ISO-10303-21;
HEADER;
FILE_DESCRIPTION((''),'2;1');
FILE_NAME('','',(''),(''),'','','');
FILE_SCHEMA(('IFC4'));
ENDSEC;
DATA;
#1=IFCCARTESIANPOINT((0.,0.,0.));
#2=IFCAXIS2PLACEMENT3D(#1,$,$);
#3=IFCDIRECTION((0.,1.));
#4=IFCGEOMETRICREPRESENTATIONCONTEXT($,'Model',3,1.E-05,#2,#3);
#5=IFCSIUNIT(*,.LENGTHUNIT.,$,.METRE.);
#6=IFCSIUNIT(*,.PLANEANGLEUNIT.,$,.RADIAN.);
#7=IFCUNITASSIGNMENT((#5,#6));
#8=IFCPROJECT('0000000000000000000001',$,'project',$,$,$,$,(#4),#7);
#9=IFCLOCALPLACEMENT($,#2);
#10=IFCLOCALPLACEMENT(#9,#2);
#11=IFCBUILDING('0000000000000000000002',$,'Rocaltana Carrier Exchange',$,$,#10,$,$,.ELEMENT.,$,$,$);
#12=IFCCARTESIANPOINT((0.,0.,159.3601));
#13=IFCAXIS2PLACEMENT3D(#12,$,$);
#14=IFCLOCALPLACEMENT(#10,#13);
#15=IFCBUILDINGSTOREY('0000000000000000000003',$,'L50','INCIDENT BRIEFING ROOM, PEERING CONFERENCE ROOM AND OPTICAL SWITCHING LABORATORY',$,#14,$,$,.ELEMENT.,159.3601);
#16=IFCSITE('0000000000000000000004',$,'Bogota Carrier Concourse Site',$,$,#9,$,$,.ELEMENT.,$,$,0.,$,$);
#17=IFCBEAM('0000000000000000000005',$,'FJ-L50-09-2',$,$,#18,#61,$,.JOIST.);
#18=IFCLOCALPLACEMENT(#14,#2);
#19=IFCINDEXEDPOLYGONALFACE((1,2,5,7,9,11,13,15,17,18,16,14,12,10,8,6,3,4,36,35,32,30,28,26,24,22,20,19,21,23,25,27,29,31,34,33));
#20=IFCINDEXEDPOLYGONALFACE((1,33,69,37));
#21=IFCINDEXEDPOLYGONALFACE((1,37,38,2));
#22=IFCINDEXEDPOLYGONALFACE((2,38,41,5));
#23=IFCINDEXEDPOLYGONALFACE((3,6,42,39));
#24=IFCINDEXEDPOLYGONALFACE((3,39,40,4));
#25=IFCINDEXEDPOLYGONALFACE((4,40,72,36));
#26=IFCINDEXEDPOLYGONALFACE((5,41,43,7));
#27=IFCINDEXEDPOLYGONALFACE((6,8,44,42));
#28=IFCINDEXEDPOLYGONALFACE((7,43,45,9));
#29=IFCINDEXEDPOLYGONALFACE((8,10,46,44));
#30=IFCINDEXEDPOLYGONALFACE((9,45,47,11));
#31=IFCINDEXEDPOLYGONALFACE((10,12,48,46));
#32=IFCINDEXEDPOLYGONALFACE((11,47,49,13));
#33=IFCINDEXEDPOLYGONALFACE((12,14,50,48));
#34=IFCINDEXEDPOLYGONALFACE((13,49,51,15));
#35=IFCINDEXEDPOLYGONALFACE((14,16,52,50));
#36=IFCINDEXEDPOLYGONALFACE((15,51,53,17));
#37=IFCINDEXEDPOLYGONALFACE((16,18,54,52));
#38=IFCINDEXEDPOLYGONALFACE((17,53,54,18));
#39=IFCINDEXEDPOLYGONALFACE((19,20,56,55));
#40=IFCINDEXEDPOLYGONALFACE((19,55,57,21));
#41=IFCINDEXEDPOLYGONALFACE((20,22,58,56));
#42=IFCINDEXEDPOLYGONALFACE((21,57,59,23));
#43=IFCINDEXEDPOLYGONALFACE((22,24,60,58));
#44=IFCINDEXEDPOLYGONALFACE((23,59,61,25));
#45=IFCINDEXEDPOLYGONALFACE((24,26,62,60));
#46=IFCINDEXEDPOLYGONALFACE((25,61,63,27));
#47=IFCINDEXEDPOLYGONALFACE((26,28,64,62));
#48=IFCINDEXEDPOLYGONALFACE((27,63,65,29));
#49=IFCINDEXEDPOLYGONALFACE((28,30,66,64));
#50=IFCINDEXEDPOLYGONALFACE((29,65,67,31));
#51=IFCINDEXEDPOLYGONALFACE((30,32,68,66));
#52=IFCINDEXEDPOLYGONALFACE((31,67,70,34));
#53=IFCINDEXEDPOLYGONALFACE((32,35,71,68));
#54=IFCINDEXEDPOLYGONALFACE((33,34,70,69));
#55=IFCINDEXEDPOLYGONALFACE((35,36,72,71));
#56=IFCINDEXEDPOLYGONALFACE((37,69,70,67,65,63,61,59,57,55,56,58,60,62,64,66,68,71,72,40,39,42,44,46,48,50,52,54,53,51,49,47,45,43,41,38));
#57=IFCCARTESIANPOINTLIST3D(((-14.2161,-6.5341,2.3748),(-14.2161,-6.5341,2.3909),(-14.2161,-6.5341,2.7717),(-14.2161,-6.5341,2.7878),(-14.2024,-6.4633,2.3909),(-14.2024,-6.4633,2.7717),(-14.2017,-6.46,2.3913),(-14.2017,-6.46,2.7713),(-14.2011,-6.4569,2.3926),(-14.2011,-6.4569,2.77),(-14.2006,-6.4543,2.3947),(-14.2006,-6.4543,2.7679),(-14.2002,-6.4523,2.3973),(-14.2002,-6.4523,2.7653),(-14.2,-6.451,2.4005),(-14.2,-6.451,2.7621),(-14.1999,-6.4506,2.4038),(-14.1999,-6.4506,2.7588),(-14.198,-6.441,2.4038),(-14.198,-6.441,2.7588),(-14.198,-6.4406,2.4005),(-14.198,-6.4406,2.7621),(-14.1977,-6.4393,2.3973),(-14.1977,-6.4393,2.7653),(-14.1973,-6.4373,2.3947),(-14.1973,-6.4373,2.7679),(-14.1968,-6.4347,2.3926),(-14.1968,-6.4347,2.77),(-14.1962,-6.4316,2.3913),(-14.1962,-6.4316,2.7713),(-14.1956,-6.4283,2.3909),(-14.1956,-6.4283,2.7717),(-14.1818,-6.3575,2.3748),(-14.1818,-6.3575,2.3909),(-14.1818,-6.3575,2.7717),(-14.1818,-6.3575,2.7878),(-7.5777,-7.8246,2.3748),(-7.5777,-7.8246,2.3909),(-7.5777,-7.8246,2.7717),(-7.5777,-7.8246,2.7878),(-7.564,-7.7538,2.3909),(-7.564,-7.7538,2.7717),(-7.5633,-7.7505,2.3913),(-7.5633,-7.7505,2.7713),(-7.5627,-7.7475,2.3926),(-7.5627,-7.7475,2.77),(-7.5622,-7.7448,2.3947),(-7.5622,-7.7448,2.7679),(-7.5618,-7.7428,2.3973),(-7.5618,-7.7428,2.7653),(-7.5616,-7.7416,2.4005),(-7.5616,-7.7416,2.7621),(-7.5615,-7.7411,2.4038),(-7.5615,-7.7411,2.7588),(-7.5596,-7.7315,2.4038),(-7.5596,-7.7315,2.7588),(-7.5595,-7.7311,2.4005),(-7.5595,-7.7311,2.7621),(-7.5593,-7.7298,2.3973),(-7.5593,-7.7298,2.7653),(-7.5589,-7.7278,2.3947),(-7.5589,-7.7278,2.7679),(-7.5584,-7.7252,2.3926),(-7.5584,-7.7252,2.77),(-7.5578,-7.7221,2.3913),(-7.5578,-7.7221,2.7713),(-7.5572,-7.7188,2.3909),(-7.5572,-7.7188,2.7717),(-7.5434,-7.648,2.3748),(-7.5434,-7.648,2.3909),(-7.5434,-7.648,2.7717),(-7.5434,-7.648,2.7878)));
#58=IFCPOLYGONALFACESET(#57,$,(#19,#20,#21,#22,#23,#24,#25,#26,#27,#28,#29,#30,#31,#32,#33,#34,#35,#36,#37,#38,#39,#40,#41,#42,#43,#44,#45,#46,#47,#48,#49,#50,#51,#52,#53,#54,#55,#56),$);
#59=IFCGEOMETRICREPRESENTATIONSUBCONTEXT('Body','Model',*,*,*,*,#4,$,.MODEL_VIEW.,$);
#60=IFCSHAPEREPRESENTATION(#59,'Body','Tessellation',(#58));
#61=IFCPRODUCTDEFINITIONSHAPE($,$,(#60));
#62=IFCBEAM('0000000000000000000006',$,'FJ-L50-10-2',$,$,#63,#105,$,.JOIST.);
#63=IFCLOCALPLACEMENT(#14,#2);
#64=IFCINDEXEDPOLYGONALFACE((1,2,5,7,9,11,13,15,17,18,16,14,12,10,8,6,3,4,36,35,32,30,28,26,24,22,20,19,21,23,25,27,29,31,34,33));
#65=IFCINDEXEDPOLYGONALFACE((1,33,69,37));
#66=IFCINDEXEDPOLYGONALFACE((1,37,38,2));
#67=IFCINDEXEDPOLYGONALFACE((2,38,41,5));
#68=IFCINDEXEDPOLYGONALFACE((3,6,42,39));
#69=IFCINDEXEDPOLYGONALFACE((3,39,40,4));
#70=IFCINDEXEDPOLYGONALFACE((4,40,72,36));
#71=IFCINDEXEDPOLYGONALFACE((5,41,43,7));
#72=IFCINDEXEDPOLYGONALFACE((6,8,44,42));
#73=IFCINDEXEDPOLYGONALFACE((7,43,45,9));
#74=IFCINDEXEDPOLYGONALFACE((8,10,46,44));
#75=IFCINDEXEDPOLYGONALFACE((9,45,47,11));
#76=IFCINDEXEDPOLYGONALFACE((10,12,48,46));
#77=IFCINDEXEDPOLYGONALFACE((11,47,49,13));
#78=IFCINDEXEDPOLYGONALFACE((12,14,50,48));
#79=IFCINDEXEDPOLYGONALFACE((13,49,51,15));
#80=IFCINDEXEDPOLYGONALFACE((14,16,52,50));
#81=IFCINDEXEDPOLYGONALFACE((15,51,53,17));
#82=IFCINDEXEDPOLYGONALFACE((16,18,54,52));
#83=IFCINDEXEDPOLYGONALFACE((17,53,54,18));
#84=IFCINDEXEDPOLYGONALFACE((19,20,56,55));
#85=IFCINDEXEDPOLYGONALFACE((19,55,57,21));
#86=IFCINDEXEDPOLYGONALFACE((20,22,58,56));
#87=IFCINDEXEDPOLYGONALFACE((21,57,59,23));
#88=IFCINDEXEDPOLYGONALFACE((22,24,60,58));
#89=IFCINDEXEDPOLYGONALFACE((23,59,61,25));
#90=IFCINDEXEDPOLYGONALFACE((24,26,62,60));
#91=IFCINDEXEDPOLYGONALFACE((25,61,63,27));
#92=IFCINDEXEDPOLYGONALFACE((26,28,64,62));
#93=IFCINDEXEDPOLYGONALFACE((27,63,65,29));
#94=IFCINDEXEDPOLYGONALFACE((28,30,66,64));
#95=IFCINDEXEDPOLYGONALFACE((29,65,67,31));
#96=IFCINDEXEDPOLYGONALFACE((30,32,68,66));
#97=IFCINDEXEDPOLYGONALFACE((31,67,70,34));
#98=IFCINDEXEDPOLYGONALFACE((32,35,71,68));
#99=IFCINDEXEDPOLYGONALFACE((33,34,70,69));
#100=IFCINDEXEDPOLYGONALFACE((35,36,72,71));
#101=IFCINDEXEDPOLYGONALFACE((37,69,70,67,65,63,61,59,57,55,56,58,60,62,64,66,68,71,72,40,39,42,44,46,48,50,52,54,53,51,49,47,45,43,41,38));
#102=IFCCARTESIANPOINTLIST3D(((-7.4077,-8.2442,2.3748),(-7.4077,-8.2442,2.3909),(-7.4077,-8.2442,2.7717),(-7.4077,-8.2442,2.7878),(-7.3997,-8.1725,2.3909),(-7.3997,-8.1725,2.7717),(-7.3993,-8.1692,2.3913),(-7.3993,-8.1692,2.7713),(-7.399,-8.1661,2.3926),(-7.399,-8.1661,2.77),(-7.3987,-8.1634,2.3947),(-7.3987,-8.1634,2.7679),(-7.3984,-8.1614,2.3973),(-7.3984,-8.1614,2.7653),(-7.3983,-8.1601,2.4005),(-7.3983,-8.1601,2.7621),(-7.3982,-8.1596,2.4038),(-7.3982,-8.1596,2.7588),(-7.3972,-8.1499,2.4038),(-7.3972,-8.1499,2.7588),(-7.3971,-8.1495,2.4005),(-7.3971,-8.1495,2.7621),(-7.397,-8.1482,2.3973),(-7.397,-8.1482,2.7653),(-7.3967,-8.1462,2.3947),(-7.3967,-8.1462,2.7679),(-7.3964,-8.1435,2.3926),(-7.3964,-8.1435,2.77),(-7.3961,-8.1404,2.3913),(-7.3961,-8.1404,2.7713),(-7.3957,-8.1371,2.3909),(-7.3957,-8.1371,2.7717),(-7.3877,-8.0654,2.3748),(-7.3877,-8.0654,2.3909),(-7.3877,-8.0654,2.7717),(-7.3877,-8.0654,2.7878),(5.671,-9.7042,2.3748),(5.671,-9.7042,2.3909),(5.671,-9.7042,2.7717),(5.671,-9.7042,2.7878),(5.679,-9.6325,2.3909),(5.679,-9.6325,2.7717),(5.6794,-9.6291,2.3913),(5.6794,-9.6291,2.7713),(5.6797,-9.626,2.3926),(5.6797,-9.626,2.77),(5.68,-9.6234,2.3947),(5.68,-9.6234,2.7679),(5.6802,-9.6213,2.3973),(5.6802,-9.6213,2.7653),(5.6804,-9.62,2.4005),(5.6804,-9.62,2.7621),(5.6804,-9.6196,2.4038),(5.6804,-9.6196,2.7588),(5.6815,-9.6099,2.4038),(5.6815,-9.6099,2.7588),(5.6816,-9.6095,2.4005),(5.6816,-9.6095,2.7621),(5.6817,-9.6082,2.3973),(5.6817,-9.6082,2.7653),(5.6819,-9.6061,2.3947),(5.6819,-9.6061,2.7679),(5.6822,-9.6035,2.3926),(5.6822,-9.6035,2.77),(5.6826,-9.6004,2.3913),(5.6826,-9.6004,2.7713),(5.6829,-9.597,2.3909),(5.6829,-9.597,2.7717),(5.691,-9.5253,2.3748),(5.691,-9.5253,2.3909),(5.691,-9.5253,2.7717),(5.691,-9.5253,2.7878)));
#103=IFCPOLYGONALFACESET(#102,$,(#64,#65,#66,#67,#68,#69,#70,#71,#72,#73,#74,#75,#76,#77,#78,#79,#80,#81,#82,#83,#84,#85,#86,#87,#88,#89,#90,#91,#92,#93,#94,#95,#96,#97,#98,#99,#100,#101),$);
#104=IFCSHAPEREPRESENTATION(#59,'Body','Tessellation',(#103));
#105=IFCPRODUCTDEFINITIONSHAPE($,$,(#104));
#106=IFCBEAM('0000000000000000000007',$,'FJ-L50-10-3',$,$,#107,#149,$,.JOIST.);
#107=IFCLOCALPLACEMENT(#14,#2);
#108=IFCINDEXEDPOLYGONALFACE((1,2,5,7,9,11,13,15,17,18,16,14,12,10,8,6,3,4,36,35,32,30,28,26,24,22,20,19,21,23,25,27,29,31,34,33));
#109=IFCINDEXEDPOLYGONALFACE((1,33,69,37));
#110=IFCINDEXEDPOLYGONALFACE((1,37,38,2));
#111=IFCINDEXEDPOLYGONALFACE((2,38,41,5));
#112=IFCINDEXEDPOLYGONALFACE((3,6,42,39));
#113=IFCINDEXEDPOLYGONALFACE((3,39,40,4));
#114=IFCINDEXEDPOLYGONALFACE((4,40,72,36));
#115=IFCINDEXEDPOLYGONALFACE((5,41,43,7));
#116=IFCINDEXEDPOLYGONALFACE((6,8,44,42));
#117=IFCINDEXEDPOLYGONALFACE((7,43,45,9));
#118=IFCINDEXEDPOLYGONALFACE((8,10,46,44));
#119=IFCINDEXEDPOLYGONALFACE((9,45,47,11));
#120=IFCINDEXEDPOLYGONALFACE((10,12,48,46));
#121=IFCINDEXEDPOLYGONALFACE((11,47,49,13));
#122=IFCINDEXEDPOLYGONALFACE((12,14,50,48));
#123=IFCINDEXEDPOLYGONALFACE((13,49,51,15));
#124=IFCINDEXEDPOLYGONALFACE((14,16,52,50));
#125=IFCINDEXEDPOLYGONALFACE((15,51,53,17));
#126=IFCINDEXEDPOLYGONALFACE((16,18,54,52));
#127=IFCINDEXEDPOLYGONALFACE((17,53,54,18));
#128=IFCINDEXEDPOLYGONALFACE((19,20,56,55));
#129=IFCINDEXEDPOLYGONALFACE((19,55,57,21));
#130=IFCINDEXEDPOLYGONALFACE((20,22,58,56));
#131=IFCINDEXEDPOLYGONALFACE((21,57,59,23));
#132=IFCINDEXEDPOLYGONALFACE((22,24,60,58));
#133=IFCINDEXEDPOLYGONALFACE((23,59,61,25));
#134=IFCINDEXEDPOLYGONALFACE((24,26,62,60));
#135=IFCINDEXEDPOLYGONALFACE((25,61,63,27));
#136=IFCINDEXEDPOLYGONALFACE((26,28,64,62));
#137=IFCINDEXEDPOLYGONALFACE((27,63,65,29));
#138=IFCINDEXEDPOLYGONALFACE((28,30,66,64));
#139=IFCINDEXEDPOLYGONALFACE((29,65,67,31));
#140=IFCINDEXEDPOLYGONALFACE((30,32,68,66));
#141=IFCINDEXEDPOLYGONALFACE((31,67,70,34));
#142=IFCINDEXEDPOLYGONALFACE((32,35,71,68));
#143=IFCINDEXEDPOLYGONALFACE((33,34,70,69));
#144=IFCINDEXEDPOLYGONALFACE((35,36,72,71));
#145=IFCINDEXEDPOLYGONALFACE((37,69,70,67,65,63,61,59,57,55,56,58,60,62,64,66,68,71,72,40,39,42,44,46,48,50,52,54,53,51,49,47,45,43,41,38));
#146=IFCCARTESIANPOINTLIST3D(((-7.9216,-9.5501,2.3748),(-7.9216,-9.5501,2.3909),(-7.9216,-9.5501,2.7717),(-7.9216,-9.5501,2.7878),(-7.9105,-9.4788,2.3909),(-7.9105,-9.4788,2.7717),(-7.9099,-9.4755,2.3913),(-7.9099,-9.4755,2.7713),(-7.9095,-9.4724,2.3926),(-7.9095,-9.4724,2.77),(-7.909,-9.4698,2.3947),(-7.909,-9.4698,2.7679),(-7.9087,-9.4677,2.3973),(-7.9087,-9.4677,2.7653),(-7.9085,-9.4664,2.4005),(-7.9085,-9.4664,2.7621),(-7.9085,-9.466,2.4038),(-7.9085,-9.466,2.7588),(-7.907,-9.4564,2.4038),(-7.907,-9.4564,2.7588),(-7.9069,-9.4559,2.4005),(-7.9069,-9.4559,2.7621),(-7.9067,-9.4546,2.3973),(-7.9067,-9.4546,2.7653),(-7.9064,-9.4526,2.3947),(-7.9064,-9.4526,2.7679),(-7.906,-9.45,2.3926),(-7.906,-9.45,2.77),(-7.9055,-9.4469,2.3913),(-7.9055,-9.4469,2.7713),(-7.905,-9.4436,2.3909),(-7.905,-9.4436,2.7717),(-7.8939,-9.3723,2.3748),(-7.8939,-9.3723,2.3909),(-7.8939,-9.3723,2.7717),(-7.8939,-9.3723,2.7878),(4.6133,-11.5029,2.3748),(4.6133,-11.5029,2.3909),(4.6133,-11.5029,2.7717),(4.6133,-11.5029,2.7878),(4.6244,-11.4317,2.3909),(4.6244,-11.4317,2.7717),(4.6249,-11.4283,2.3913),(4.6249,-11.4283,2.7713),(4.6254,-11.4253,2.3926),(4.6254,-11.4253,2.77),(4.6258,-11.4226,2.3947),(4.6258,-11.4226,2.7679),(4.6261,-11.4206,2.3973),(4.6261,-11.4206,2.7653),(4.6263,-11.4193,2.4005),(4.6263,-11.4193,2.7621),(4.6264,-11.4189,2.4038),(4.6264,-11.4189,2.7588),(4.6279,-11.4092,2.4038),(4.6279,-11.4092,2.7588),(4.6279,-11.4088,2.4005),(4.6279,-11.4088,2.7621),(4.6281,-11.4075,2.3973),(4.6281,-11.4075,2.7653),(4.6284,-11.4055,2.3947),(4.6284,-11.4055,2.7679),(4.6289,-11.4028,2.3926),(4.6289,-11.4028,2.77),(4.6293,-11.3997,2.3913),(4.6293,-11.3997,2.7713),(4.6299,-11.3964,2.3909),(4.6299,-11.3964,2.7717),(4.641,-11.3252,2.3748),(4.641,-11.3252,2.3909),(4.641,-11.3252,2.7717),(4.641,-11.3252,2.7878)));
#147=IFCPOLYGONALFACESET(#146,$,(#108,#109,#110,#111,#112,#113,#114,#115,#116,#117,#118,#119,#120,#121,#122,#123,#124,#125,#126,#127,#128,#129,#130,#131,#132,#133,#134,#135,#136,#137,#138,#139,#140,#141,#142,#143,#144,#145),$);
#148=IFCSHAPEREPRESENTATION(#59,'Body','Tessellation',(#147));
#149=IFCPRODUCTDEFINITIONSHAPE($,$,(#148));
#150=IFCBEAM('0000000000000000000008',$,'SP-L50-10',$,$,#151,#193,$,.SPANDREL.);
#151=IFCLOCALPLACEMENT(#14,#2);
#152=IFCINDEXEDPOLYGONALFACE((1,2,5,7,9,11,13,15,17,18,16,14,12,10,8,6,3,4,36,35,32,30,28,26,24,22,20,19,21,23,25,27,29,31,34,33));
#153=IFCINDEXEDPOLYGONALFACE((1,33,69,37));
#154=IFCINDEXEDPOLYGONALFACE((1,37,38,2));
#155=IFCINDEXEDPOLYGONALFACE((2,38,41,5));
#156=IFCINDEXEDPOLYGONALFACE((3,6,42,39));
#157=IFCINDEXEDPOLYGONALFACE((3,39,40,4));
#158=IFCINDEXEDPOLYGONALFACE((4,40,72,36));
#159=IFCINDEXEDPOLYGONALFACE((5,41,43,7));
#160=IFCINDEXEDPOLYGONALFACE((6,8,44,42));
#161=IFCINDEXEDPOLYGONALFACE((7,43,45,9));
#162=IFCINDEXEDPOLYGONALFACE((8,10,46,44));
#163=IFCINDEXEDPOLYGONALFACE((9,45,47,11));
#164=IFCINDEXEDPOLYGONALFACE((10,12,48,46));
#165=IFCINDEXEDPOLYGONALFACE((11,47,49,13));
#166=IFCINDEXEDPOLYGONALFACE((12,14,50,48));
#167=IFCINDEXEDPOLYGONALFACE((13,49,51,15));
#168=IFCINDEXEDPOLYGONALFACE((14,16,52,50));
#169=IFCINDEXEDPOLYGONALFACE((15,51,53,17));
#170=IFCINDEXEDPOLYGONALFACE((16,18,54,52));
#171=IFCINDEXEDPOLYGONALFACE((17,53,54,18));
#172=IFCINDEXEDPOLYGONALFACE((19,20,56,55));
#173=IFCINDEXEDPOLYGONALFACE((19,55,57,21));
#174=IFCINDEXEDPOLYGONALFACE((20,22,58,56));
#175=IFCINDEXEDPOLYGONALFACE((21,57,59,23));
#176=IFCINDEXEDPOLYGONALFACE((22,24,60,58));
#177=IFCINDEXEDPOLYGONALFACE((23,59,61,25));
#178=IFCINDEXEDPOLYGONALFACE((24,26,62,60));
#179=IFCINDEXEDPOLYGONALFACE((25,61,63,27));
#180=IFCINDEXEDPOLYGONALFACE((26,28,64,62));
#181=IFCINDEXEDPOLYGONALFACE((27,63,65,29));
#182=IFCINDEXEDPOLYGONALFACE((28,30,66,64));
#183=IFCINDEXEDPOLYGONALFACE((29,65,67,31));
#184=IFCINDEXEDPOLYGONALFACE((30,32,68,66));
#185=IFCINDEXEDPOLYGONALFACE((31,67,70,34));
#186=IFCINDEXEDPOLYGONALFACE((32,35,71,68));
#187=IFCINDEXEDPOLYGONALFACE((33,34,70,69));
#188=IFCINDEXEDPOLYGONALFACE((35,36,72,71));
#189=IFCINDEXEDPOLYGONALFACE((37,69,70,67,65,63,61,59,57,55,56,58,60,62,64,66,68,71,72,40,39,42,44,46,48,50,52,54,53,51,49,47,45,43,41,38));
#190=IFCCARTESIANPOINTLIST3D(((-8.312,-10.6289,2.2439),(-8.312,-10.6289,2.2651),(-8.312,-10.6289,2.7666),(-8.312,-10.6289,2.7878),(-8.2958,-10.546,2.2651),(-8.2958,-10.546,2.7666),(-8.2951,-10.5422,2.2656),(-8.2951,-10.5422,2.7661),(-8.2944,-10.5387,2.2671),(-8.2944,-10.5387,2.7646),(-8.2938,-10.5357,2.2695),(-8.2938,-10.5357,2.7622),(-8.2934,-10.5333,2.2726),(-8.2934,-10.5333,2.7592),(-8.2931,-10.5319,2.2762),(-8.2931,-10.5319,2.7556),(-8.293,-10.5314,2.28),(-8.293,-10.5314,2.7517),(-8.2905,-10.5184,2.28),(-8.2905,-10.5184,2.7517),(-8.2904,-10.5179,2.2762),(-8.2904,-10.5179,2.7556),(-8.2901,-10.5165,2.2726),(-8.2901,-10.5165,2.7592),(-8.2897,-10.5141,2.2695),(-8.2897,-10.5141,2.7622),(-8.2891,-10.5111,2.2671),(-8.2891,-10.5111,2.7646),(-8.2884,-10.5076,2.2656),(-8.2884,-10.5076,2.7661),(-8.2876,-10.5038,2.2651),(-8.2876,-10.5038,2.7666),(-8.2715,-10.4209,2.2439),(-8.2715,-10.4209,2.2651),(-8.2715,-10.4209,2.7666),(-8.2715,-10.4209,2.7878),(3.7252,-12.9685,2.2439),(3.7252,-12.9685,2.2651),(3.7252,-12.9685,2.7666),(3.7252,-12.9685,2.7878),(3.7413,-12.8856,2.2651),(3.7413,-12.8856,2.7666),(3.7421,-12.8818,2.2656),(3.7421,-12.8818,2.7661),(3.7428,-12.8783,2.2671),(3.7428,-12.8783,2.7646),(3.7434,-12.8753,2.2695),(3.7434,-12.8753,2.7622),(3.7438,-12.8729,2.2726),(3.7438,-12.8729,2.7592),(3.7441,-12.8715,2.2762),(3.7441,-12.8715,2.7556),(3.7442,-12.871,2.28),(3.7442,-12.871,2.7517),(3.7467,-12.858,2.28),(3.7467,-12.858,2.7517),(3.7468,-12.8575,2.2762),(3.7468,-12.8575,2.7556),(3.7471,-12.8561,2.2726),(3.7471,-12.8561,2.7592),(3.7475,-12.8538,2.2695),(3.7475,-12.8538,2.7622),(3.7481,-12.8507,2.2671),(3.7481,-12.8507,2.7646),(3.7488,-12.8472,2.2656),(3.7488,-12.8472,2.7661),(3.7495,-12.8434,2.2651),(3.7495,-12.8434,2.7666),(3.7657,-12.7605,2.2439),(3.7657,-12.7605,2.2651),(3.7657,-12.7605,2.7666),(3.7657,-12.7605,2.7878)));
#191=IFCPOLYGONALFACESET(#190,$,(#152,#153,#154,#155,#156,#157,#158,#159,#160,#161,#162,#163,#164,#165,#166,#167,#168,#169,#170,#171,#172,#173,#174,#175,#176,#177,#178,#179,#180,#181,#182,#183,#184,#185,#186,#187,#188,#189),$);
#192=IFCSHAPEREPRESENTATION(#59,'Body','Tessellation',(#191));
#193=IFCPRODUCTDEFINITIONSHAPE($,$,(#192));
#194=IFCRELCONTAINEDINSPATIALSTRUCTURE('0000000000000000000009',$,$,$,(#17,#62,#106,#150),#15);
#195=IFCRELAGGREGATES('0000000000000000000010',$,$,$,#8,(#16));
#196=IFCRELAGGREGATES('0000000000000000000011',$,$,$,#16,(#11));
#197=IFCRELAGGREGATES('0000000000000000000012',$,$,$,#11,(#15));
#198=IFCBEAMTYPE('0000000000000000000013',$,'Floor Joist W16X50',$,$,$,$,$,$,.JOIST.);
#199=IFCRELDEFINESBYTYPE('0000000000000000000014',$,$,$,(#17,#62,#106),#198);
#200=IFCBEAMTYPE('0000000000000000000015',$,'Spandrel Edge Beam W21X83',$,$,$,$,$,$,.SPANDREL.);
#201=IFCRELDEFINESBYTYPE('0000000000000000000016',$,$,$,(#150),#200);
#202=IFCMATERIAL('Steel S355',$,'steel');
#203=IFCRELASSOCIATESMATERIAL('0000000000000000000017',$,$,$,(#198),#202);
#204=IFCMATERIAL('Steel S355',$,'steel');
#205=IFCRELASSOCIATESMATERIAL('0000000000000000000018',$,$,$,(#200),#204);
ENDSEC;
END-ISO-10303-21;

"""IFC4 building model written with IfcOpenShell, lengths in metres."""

from ifc_helpers import new_model, si_unit, direction, frame, origin, origin_2d, place, context, subcontext, project, spatial, i_section, extrude, material, material_profile, profile_set, type_object, element, save


model = new_model("IFC4")

# Units and contexts
model_context = context("Model", 3, precision=1e-05, world=origin(), true_north=direction((0.0, 1.0)))
body_context = subcontext(model_context, "Body", "Model", "MODEL_VIEW")
ifc_project = project(units=[si_unit("LENGTHUNIT", "METRE"), si_unit("PLANEANGLEUNIT", "RADIAN")], contexts=[model_context])

# Site, building, storey
site_placement = place(None, origin())
site = spatial("IfcSite", under=ifc_project, at=site_placement, Name="Bogota Carrier Concourse Site", CompositionType="ELEMENT", RefElevation=0.0)
building_placement = place(site_placement, origin())
building = spatial("IfcBuilding", under=site, at=building_placement, Name="Rocaltana Carrier Exchange", CompositionType="ELEMENT")
storey_placement = place(building_placement, frame((0.0, 0.0, 159.3601)))
storey = spatial("IfcBuildingStorey", under=building, at=storey_placement, Name="L50", Description="INCIDENT BRIEFING ROOM, PEERING CONFERENCE ROOM AND OPTICAL SWITCHING LABORATORY", CompositionType="ELEMENT", Elevation=159.3601)

# Beams
ifc_material_1 = material(Name="Steel S355", Category="steel")
ifc_material_profile_1 = material_profile(ifc_material_1, i_section(OverallWidth=0.1799, OverallDepth=0.4131, WebThickness=0.0098, FlangeThickness=0.0161, FilletRadius=0.0129, at=origin_2d()), Name="W16X50")
ifc_profile_set_1 = profile_set([ifc_material_profile_1], Name="Steel S355")
beam_type_1 = type_object("IfcBeamType", Name="Floor Joist W16X50", PredefinedType="JOIST", material=ifc_profile_set_1)
beam_1_placement = place(storey_placement, frame((-14.199, -6.4458, 2.5813), z_axis=(0.981623, -0.19083, 0.0), x_axis=(0.19083, 0.981623, 0.0)))
element("IfcBeam", 1, at=beam_1_placement, inside=storey, type_object=beam_type_1, Name="FJ-L50-09-2", PredefinedType="JOIST", context=body_context, shape_type="SweptSolid", body=[
    extrude(i_section(OverallWidth=0.1799, OverallDepth=0.4131, WebThickness=0.0098, FlangeThickness=0.0161, FilletRadius=0.0129, at=origin_2d()), origin(), (0.0, 0.0, 1.0), 6.7627),
])
beam_2_placement = place(storey_placement, frame((-7.3977, -8.1548, 2.5813), z_axis=(0.993827, -0.110941, 0.0), x_axis=(0.110941, 0.993827, 0.0)))
element("IfcBeam", 2, at=beam_2_placement, inside=storey, type_object=beam_type_1, Name="FJ-L50-10-2", PredefinedType="JOIST", context=body_context, shape_type="SweptSolid", body=[
    extrude(i_section(OverallWidth=0.1799, OverallDepth=0.4131, WebThickness=0.0098, FlangeThickness=0.0161, FilletRadius=0.0129, at=origin_2d()), origin(), (0.0, 0.0, 1.0), 13.1599),
])
beam_3_placement = place(storey_placement, frame((-7.9077, -9.4612, 2.5813), z_axis=(0.98808, -0.153938, 0.0), x_axis=(0.153938, 0.98808, 0.0)))
element("IfcBeam", 3, at=beam_3_placement, inside=storey, type_object=beam_type_1, Name="FJ-L50-10-3", PredefinedType="JOIST", context=body_context, shape_type="SweptSolid", body=[
    extrude(i_section(OverallWidth=0.1799, OverallDepth=0.4131, WebThickness=0.0098, FlangeThickness=0.0161, FilletRadius=0.0129, at=origin_2d()), origin(), (0.0, 0.0, 1.0), 12.686),
])
ifc_material_2 = material(Name="Steel S355", Category="steel")
ifc_material_profile_2 = material_profile(ifc_material_2, i_section(OverallWidth=0.2119, OverallDepth=0.5439, WebThickness=0.0132, FlangeThickness=0.0212, FilletRadius=0.0149, at=origin_2d()), Name="W21X83")
ifc_profile_set_2 = profile_set([ifc_material_profile_2], Name="Steel S355")
beam_type_2 = type_object("IfcBeamType", Name="Spandrel Edge Beam W21X83", PredefinedType="SPANDREL", material=ifc_profile_set_2)
beam_4_placement = place(storey_placement, frame((-8.2917, -10.5249, 2.5159), z_axis=(0.98163, -0.190795, 0.0), x_axis=(0.190795, 0.98163, 0.0)))
element("IfcBeam", 4, at=beam_4_placement, inside=storey, type_object=beam_type_2, Name="SP-L50-10", PredefinedType="SPANDREL", context=body_context, shape_type="SweptSolid", body=[
    extrude(i_section(OverallWidth=0.2119, OverallDepth=0.5439, WebThickness=0.0132, FlangeThickness=0.0212, FilletRadius=0.0149, at=origin_2d()), origin(), (0.0, 0.0, 1.0), 12.2625),
])

save(model, "model.ifc")
